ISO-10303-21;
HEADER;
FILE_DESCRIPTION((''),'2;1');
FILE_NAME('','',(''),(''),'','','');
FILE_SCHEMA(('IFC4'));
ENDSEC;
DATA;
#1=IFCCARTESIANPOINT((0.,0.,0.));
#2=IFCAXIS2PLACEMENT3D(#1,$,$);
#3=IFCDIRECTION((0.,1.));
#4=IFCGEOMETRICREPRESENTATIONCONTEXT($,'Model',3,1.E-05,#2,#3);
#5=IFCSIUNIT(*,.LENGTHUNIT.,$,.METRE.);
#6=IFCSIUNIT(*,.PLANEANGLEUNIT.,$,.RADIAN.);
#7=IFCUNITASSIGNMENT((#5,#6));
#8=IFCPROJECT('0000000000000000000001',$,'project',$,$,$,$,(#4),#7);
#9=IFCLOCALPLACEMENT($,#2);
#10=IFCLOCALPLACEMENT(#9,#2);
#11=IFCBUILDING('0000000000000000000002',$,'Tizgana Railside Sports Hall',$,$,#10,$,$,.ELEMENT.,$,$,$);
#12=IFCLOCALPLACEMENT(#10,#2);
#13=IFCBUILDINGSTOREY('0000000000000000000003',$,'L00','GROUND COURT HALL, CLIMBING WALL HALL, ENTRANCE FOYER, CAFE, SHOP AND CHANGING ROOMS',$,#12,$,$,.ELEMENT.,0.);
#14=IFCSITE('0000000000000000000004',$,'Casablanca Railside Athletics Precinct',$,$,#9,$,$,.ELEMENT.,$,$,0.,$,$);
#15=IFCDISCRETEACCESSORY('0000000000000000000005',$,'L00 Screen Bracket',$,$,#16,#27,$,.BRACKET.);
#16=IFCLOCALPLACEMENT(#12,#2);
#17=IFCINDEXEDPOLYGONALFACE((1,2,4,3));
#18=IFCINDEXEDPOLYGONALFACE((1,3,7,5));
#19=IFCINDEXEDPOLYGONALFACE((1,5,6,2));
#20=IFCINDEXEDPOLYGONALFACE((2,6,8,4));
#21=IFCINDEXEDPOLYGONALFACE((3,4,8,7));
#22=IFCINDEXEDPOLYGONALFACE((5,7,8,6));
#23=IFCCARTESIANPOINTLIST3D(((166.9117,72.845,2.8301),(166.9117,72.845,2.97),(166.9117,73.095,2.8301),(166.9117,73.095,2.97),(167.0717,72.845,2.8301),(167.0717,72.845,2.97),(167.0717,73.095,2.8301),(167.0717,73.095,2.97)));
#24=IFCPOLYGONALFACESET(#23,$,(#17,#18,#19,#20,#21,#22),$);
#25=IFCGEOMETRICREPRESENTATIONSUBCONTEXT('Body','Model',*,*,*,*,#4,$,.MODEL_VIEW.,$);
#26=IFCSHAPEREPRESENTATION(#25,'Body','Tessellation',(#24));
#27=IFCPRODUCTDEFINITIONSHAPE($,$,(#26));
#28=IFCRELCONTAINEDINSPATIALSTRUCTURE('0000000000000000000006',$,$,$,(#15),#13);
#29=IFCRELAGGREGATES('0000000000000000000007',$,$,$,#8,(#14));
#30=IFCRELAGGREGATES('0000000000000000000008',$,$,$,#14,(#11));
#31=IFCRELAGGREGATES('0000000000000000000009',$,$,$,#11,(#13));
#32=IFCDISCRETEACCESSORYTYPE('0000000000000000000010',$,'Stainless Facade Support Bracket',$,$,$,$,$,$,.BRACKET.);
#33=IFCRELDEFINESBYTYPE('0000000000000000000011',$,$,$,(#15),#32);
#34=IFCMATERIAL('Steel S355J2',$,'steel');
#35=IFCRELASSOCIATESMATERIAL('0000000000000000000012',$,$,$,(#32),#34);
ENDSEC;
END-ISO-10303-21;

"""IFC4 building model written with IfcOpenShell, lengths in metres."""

from ifc_helpers import new_model, si_unit, direction, frame, origin, origin_2d, place, context, subcontext, project, spatial, rectangle, extrude, material, type_object, element, save


model = new_model("IFC4")

# Units and contexts
model_context = context("Model", 3, precision=1e-05, world=origin(), true_north=direction((0.0, 1.0)))
body_context = subcontext(model_context, "Body", "Model", "MODEL_VIEW")
ifc_project = project(units=[si_unit("LENGTHUNIT", "METRE"), si_unit("PLANEANGLEUNIT", "RADIAN")], contexts=[model_context])

# Site, building, storey
site_placement = place(None, origin())
site = spatial("IfcSite", under=ifc_project, at=site_placement, Name="Casablanca Railside Athletics Precinct", CompositionType="ELEMENT", RefElevation=0.0)
building_placement = place(site_placement, origin())
building = spatial("IfcBuilding", under=site, at=building_placement, Name="Tizgana Railside Sports Hall", CompositionType="ELEMENT")
storey_placement = place(building_placement, origin())
storey = spatial("IfcBuildingStorey", under=building, at=storey_placement, Name="L00", Description="GROUND COURT HALL, CLIMBING WALL HALL, ENTRANCE FOYER, CAFE, SHOP AND CHANGING ROOMS", CompositionType="ELEMENT", Elevation=0.0)

# Shared definitions
ifc_material_1 = material(Name="Steel S355J2", Category="steel")

# Discrete accessory
discrete_accessory_type = type_object("IfcDiscreteAccessoryType", Name="Stainless Facade Support Bracket", PredefinedType="BRACKET", material=ifc_material_1)
for number, where, z_axis, x_axis, name in (
    (1, (166.9917, 72.97, 2.8301), (0.0, 0.0, 1.0), (-1.0, 0.0, 0.0), "L00 Screen Bracket"),
):
    element("IfcDiscreteAccessory", number, at=place(storey_placement, frame(where, z_axis=z_axis, x_axis=x_axis)), inside=storey, type_object=discrete_accessory_type, Name=name, PredefinedType="BRACKET", context=body_context, shape_type="SweptSolid", body=[
        extrude(rectangle(XDim=0.1599, YDim=0.25, at=origin_2d()), origin(), (0.0, 0.0, 1.0), 0.1399),
    ])

save(model, "model.ifc")
